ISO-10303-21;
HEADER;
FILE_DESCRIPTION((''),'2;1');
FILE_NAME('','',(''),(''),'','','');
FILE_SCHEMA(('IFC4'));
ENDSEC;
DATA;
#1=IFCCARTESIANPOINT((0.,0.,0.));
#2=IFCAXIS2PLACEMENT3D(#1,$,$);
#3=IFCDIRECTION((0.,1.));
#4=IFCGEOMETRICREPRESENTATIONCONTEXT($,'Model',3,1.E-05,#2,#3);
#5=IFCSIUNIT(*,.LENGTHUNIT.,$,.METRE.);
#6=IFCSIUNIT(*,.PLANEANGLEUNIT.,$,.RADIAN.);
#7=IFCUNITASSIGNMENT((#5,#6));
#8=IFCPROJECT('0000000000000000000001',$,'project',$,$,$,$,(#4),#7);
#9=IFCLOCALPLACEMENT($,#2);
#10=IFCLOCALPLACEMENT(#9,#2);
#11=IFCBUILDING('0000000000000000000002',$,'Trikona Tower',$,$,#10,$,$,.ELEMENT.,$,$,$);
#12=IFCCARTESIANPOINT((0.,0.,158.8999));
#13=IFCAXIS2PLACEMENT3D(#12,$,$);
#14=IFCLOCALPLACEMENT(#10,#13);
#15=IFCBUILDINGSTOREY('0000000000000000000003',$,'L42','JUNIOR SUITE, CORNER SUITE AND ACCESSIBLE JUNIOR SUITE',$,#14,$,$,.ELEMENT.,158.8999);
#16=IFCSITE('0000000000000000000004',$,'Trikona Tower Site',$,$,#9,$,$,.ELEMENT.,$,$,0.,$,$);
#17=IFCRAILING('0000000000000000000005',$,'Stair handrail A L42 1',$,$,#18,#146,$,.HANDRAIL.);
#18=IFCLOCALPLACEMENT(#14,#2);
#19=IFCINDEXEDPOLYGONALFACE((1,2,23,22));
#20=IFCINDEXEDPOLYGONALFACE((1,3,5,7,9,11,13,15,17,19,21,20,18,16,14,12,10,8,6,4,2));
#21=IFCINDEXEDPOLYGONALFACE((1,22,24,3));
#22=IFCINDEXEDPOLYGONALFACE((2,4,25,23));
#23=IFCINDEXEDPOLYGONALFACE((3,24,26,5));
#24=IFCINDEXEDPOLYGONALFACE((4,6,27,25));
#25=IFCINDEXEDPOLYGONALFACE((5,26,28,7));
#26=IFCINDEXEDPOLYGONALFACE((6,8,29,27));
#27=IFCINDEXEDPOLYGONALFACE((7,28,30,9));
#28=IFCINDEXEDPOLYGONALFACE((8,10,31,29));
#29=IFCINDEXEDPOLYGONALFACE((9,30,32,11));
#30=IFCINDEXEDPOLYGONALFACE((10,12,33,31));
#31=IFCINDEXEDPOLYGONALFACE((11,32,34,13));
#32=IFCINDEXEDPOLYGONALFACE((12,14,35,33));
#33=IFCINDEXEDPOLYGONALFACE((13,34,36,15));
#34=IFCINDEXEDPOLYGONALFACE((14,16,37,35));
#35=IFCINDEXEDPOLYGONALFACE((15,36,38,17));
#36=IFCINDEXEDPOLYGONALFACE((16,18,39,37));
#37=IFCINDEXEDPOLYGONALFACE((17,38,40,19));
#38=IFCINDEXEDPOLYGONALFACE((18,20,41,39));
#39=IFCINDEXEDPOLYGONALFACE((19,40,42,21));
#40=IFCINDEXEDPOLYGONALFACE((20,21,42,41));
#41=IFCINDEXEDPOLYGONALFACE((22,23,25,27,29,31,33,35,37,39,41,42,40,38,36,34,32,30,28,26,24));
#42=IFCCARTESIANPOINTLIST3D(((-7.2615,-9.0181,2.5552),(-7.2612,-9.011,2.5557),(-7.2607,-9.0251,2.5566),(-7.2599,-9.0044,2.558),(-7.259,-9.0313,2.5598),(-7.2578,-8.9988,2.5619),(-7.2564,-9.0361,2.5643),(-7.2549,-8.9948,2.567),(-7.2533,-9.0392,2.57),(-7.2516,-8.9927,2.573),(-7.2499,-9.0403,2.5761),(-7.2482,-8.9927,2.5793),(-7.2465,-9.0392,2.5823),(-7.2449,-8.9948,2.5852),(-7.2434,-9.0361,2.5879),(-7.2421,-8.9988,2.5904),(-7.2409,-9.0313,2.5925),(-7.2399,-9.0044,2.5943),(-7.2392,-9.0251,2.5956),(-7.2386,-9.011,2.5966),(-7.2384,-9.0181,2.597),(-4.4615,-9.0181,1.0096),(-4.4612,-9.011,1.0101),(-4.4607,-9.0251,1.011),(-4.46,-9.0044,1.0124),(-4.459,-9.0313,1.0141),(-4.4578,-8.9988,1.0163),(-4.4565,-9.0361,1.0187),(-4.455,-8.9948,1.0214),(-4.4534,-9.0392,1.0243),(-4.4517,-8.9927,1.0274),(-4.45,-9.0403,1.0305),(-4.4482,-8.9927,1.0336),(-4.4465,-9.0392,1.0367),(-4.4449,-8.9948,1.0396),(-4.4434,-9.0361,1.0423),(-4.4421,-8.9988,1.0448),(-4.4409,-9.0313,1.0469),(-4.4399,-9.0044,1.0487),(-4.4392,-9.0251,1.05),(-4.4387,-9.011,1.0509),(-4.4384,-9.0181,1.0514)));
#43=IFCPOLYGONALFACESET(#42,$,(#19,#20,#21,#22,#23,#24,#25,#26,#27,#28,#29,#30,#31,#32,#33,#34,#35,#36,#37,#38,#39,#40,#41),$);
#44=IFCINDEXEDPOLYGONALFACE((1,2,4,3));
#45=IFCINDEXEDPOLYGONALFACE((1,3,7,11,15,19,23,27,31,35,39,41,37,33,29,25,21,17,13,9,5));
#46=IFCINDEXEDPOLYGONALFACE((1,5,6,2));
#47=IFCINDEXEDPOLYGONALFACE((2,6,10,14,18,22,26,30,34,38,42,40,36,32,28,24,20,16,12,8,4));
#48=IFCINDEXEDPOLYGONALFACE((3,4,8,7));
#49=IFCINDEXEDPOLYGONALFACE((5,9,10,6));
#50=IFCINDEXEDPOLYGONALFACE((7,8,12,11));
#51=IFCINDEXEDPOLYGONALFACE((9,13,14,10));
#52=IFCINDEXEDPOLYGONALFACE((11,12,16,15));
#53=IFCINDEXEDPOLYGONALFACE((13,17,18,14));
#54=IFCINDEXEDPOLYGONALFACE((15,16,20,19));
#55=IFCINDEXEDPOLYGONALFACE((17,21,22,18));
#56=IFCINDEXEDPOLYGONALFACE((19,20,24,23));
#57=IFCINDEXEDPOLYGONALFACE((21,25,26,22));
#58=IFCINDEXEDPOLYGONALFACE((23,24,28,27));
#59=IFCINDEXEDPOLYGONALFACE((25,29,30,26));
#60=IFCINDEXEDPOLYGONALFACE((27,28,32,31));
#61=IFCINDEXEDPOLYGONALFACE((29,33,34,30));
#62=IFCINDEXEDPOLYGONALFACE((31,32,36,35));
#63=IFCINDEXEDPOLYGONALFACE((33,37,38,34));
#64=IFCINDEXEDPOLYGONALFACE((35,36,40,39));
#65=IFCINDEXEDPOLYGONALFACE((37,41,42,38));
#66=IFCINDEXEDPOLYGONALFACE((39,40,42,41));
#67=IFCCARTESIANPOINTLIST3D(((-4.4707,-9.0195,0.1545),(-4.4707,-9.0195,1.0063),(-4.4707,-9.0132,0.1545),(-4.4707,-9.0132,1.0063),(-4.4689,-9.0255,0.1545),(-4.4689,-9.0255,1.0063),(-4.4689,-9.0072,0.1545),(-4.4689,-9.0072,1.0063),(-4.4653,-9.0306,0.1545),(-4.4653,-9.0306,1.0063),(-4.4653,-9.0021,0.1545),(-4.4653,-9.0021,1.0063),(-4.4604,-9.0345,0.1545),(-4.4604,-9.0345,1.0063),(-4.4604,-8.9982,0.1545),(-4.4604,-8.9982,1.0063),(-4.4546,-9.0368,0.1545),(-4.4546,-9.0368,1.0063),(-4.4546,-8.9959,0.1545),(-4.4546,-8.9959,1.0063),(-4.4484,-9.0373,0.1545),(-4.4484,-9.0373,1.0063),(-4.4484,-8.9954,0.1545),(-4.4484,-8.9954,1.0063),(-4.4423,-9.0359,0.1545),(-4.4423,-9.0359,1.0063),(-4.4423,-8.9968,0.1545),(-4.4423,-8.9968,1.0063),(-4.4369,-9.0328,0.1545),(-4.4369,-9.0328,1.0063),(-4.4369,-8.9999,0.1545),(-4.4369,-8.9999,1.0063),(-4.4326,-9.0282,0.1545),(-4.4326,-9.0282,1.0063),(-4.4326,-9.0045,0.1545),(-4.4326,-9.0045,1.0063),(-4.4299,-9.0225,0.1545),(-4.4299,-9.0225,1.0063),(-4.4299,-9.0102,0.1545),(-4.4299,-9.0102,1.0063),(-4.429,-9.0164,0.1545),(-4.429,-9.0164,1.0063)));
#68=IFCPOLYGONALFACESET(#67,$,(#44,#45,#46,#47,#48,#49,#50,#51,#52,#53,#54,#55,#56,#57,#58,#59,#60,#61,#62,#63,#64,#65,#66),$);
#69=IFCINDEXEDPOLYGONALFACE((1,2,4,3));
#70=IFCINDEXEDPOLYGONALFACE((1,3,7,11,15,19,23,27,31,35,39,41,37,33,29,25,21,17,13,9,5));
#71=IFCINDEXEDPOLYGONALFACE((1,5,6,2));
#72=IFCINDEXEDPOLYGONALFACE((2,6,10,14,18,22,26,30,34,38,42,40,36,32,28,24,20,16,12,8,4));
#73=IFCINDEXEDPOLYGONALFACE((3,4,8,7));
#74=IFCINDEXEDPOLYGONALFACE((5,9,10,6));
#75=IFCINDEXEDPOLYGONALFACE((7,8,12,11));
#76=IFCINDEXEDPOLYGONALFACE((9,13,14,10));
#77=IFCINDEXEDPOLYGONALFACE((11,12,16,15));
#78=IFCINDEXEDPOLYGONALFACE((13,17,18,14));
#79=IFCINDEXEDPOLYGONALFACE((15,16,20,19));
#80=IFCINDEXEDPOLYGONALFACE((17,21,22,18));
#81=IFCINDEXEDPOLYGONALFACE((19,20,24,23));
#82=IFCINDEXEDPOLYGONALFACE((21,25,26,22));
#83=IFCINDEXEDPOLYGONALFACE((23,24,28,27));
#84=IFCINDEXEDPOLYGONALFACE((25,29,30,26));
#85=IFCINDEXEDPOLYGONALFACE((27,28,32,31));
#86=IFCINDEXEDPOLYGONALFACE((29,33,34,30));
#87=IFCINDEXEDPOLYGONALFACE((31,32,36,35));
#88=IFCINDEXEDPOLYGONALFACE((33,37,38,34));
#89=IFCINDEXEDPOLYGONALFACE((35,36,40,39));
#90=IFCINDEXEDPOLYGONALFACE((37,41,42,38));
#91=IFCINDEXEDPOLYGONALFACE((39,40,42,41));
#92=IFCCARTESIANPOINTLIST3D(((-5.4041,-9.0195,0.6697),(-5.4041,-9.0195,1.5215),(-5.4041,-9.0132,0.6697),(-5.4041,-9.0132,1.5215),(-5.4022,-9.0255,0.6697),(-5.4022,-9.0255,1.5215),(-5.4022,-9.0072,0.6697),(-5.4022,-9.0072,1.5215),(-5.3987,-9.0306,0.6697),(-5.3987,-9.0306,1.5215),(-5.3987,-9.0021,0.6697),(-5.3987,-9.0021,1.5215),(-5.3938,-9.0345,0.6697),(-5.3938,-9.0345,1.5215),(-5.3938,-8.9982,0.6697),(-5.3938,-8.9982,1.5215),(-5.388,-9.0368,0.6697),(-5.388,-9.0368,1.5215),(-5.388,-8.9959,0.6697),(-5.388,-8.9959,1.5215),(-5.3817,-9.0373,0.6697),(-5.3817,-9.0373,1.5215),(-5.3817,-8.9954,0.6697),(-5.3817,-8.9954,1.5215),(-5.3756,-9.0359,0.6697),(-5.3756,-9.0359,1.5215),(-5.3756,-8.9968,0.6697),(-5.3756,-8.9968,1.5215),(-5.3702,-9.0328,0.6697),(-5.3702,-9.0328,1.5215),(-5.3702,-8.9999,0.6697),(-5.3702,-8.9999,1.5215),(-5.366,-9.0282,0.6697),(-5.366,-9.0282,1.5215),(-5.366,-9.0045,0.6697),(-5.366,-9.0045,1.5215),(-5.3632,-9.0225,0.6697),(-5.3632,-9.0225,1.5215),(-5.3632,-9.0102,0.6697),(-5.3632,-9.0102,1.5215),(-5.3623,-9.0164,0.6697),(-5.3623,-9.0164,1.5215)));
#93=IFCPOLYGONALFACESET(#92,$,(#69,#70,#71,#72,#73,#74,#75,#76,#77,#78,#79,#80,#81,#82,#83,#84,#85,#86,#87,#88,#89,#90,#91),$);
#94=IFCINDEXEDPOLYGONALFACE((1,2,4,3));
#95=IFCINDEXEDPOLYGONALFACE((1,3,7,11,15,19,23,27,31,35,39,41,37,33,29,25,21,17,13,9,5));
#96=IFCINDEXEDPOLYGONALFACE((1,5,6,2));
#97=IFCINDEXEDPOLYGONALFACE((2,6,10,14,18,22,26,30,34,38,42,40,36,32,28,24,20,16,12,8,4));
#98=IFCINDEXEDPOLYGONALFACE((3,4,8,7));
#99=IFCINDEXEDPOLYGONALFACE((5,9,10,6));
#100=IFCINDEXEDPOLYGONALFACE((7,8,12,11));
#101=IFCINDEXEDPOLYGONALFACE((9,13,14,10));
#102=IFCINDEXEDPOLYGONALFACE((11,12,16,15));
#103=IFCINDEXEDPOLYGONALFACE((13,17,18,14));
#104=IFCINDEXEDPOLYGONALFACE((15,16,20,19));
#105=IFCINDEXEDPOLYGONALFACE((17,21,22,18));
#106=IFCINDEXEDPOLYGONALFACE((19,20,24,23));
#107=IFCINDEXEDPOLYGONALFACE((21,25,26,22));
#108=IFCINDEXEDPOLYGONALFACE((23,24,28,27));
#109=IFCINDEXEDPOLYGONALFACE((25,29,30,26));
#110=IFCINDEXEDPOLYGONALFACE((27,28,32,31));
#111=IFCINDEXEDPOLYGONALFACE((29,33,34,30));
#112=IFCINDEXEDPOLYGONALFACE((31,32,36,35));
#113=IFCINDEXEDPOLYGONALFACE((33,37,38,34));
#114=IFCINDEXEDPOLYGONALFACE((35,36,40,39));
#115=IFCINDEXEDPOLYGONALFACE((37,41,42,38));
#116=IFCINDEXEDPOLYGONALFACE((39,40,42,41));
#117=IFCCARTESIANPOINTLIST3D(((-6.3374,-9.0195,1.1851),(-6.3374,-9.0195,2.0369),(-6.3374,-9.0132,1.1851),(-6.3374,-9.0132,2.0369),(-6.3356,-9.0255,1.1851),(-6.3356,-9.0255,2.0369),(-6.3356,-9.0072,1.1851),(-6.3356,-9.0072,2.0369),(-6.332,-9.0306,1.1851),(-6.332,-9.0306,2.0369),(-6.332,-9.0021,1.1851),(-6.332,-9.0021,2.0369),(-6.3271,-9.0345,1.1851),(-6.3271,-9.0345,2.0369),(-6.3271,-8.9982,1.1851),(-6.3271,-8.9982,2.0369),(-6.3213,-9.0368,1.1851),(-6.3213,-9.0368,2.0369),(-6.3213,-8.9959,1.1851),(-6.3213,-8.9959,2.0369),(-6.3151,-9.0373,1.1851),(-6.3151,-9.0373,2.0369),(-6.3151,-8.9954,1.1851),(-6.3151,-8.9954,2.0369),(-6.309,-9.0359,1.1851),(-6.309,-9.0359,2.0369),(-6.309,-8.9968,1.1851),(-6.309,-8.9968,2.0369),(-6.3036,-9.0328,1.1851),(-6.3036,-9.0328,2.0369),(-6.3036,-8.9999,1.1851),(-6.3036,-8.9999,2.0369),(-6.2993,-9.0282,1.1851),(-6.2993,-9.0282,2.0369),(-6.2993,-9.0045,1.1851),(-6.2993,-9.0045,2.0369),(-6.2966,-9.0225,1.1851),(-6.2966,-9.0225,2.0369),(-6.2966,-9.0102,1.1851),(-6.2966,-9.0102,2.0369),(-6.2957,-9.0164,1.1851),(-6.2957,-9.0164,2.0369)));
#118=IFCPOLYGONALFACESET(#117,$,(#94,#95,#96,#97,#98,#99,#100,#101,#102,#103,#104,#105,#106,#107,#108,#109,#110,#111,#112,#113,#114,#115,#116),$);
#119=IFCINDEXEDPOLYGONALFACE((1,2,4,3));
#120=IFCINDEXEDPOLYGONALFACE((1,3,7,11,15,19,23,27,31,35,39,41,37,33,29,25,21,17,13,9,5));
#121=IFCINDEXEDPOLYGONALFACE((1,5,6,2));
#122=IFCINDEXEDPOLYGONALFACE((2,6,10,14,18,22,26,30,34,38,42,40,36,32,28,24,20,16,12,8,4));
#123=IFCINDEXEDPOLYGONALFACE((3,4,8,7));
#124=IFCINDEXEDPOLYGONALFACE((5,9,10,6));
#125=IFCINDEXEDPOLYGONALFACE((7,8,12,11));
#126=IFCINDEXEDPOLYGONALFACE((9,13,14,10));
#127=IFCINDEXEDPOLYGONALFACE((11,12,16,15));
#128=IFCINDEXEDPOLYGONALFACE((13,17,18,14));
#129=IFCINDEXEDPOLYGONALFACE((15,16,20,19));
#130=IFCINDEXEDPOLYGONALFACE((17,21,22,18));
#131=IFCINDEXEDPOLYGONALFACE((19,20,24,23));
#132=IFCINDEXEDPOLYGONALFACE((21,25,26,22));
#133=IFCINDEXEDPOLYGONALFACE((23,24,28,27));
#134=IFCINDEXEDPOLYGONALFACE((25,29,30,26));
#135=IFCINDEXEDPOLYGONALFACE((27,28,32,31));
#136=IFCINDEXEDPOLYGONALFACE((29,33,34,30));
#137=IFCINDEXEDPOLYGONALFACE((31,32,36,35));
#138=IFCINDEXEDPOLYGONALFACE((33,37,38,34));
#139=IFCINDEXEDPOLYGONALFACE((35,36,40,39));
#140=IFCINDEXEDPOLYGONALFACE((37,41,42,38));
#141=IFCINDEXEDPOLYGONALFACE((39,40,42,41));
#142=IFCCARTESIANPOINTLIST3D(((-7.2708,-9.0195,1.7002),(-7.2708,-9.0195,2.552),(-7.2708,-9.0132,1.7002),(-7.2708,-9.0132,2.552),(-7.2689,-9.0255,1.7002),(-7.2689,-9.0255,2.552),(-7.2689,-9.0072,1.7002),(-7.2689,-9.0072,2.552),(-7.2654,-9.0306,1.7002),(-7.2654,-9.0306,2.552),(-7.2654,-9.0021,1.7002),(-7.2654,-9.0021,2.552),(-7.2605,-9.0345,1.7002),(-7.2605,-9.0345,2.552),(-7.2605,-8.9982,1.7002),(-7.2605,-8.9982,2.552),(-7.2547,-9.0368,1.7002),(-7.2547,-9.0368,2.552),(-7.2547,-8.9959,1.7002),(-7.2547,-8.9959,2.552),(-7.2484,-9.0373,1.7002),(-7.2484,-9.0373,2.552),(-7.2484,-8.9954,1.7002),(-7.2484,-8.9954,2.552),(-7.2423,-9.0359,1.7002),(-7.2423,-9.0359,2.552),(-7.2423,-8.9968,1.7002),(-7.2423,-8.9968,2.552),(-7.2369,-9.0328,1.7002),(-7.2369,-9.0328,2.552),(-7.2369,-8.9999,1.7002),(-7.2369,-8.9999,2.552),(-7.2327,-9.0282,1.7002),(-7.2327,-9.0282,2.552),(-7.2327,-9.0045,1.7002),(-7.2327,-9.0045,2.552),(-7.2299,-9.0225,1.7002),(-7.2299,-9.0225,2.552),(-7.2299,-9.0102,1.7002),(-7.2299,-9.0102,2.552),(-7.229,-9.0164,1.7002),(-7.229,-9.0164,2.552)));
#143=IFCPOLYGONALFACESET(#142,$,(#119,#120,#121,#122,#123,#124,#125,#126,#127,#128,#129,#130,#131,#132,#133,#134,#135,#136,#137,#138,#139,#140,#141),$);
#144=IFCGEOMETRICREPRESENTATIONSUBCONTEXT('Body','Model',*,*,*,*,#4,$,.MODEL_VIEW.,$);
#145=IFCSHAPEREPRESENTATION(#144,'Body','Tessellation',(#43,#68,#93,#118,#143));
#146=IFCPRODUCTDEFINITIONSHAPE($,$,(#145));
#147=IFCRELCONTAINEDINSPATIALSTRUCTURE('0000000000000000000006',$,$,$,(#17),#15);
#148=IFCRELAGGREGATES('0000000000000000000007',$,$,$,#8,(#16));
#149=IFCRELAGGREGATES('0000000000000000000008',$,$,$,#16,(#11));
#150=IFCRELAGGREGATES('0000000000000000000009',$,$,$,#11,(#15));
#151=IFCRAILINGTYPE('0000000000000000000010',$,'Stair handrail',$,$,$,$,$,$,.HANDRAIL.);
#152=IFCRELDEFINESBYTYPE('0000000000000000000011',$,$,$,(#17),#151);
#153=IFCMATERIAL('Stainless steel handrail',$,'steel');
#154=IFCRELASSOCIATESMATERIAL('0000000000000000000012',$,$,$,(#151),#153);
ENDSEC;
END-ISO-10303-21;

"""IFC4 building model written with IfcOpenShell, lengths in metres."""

from ifc_helpers import new_model, si_unit, direction, frame, origin, origin_2d, place, context, subcontext, project, spatial, circle, extrude, material, type_object, element, save


model = new_model("IFC4")

# Units and contexts
model_context = context("Model", 3, precision=1e-05, world=origin(), true_north=direction((0.0, 1.0)))
body_context = subcontext(model_context, "Body", "Model", "MODEL_VIEW")
ifc_project = project(units=[si_unit("LENGTHUNIT", "METRE"), si_unit("PLANEANGLEUNIT", "RADIAN")], contexts=[model_context])

# Site, building, storey
site_placement = place(None, origin())
site = spatial("IfcSite", under=ifc_project, at=site_placement, Name="Trikona Tower Site", CompositionType="ELEMENT", RefElevation=0.0)
building_placement = place(site_placement, origin())
building = spatial("IfcBuilding", under=site, at=building_placement, Name="Trikona Tower", CompositionType="ELEMENT")
storey_placement = place(building_placement, frame((0.0, 0.0, 158.8999)))
storey = spatial("IfcBuildingStorey", under=building, at=storey_placement, Name="L42", Description="JUNIOR SUITE, CORNER SUITE AND ACCESSIBLE JUNIOR SUITE", CompositionType="ELEMENT", Elevation=158.8999)

# Railing
ifc_material_1 = material(Name="Stainless steel handrail", Category="steel")
railing_type = type_object("IfcRailingType", Name="Stair handrail", PredefinedType="HANDRAIL", material=ifc_material_1)
railing_1_placement = place(storey_placement, frame((-4.45, -9.0164, 0.1545)))
element("IfcRailing", 1, at=railing_1_placement, inside=storey, type_object=railing_type, Name="Stair handrail A L42 1", PredefinedType="HANDRAIL", context=body_context, shape_type="SweptSolid", body=[
    extrude(circle(Radius=0.0239, at=origin_2d()), frame((0.0, 0.0, 0.876), z_axis=(-0.875472, 0.0, 0.483269), x_axis=(0.0, -1.0, 0.0)), (0.0, 0.0, 1.0), 3.1982),
    extrude(circle(Radius=0.021, at=origin_2d()), origin(), (0.0, 0.0, 1.0), 0.8518),
    extrude(circle(Radius=0.021, at=origin_2d()), frame((-0.9333, 0.0, 0.5151)), (0.0, 0.0, 1.0), 0.8518),
    extrude(circle(Radius=0.021, at=origin_2d()), frame((-1.8667, 0.0, 1.0305)), (0.0, 0.0, 1.0), 0.8518),
    extrude(circle(Radius=0.021, at=origin_2d()), frame((-2.8, 0.0, 1.5457)), (0.0, 0.0, 1.0), 0.8518),
])

save(model, "model.ifc")
